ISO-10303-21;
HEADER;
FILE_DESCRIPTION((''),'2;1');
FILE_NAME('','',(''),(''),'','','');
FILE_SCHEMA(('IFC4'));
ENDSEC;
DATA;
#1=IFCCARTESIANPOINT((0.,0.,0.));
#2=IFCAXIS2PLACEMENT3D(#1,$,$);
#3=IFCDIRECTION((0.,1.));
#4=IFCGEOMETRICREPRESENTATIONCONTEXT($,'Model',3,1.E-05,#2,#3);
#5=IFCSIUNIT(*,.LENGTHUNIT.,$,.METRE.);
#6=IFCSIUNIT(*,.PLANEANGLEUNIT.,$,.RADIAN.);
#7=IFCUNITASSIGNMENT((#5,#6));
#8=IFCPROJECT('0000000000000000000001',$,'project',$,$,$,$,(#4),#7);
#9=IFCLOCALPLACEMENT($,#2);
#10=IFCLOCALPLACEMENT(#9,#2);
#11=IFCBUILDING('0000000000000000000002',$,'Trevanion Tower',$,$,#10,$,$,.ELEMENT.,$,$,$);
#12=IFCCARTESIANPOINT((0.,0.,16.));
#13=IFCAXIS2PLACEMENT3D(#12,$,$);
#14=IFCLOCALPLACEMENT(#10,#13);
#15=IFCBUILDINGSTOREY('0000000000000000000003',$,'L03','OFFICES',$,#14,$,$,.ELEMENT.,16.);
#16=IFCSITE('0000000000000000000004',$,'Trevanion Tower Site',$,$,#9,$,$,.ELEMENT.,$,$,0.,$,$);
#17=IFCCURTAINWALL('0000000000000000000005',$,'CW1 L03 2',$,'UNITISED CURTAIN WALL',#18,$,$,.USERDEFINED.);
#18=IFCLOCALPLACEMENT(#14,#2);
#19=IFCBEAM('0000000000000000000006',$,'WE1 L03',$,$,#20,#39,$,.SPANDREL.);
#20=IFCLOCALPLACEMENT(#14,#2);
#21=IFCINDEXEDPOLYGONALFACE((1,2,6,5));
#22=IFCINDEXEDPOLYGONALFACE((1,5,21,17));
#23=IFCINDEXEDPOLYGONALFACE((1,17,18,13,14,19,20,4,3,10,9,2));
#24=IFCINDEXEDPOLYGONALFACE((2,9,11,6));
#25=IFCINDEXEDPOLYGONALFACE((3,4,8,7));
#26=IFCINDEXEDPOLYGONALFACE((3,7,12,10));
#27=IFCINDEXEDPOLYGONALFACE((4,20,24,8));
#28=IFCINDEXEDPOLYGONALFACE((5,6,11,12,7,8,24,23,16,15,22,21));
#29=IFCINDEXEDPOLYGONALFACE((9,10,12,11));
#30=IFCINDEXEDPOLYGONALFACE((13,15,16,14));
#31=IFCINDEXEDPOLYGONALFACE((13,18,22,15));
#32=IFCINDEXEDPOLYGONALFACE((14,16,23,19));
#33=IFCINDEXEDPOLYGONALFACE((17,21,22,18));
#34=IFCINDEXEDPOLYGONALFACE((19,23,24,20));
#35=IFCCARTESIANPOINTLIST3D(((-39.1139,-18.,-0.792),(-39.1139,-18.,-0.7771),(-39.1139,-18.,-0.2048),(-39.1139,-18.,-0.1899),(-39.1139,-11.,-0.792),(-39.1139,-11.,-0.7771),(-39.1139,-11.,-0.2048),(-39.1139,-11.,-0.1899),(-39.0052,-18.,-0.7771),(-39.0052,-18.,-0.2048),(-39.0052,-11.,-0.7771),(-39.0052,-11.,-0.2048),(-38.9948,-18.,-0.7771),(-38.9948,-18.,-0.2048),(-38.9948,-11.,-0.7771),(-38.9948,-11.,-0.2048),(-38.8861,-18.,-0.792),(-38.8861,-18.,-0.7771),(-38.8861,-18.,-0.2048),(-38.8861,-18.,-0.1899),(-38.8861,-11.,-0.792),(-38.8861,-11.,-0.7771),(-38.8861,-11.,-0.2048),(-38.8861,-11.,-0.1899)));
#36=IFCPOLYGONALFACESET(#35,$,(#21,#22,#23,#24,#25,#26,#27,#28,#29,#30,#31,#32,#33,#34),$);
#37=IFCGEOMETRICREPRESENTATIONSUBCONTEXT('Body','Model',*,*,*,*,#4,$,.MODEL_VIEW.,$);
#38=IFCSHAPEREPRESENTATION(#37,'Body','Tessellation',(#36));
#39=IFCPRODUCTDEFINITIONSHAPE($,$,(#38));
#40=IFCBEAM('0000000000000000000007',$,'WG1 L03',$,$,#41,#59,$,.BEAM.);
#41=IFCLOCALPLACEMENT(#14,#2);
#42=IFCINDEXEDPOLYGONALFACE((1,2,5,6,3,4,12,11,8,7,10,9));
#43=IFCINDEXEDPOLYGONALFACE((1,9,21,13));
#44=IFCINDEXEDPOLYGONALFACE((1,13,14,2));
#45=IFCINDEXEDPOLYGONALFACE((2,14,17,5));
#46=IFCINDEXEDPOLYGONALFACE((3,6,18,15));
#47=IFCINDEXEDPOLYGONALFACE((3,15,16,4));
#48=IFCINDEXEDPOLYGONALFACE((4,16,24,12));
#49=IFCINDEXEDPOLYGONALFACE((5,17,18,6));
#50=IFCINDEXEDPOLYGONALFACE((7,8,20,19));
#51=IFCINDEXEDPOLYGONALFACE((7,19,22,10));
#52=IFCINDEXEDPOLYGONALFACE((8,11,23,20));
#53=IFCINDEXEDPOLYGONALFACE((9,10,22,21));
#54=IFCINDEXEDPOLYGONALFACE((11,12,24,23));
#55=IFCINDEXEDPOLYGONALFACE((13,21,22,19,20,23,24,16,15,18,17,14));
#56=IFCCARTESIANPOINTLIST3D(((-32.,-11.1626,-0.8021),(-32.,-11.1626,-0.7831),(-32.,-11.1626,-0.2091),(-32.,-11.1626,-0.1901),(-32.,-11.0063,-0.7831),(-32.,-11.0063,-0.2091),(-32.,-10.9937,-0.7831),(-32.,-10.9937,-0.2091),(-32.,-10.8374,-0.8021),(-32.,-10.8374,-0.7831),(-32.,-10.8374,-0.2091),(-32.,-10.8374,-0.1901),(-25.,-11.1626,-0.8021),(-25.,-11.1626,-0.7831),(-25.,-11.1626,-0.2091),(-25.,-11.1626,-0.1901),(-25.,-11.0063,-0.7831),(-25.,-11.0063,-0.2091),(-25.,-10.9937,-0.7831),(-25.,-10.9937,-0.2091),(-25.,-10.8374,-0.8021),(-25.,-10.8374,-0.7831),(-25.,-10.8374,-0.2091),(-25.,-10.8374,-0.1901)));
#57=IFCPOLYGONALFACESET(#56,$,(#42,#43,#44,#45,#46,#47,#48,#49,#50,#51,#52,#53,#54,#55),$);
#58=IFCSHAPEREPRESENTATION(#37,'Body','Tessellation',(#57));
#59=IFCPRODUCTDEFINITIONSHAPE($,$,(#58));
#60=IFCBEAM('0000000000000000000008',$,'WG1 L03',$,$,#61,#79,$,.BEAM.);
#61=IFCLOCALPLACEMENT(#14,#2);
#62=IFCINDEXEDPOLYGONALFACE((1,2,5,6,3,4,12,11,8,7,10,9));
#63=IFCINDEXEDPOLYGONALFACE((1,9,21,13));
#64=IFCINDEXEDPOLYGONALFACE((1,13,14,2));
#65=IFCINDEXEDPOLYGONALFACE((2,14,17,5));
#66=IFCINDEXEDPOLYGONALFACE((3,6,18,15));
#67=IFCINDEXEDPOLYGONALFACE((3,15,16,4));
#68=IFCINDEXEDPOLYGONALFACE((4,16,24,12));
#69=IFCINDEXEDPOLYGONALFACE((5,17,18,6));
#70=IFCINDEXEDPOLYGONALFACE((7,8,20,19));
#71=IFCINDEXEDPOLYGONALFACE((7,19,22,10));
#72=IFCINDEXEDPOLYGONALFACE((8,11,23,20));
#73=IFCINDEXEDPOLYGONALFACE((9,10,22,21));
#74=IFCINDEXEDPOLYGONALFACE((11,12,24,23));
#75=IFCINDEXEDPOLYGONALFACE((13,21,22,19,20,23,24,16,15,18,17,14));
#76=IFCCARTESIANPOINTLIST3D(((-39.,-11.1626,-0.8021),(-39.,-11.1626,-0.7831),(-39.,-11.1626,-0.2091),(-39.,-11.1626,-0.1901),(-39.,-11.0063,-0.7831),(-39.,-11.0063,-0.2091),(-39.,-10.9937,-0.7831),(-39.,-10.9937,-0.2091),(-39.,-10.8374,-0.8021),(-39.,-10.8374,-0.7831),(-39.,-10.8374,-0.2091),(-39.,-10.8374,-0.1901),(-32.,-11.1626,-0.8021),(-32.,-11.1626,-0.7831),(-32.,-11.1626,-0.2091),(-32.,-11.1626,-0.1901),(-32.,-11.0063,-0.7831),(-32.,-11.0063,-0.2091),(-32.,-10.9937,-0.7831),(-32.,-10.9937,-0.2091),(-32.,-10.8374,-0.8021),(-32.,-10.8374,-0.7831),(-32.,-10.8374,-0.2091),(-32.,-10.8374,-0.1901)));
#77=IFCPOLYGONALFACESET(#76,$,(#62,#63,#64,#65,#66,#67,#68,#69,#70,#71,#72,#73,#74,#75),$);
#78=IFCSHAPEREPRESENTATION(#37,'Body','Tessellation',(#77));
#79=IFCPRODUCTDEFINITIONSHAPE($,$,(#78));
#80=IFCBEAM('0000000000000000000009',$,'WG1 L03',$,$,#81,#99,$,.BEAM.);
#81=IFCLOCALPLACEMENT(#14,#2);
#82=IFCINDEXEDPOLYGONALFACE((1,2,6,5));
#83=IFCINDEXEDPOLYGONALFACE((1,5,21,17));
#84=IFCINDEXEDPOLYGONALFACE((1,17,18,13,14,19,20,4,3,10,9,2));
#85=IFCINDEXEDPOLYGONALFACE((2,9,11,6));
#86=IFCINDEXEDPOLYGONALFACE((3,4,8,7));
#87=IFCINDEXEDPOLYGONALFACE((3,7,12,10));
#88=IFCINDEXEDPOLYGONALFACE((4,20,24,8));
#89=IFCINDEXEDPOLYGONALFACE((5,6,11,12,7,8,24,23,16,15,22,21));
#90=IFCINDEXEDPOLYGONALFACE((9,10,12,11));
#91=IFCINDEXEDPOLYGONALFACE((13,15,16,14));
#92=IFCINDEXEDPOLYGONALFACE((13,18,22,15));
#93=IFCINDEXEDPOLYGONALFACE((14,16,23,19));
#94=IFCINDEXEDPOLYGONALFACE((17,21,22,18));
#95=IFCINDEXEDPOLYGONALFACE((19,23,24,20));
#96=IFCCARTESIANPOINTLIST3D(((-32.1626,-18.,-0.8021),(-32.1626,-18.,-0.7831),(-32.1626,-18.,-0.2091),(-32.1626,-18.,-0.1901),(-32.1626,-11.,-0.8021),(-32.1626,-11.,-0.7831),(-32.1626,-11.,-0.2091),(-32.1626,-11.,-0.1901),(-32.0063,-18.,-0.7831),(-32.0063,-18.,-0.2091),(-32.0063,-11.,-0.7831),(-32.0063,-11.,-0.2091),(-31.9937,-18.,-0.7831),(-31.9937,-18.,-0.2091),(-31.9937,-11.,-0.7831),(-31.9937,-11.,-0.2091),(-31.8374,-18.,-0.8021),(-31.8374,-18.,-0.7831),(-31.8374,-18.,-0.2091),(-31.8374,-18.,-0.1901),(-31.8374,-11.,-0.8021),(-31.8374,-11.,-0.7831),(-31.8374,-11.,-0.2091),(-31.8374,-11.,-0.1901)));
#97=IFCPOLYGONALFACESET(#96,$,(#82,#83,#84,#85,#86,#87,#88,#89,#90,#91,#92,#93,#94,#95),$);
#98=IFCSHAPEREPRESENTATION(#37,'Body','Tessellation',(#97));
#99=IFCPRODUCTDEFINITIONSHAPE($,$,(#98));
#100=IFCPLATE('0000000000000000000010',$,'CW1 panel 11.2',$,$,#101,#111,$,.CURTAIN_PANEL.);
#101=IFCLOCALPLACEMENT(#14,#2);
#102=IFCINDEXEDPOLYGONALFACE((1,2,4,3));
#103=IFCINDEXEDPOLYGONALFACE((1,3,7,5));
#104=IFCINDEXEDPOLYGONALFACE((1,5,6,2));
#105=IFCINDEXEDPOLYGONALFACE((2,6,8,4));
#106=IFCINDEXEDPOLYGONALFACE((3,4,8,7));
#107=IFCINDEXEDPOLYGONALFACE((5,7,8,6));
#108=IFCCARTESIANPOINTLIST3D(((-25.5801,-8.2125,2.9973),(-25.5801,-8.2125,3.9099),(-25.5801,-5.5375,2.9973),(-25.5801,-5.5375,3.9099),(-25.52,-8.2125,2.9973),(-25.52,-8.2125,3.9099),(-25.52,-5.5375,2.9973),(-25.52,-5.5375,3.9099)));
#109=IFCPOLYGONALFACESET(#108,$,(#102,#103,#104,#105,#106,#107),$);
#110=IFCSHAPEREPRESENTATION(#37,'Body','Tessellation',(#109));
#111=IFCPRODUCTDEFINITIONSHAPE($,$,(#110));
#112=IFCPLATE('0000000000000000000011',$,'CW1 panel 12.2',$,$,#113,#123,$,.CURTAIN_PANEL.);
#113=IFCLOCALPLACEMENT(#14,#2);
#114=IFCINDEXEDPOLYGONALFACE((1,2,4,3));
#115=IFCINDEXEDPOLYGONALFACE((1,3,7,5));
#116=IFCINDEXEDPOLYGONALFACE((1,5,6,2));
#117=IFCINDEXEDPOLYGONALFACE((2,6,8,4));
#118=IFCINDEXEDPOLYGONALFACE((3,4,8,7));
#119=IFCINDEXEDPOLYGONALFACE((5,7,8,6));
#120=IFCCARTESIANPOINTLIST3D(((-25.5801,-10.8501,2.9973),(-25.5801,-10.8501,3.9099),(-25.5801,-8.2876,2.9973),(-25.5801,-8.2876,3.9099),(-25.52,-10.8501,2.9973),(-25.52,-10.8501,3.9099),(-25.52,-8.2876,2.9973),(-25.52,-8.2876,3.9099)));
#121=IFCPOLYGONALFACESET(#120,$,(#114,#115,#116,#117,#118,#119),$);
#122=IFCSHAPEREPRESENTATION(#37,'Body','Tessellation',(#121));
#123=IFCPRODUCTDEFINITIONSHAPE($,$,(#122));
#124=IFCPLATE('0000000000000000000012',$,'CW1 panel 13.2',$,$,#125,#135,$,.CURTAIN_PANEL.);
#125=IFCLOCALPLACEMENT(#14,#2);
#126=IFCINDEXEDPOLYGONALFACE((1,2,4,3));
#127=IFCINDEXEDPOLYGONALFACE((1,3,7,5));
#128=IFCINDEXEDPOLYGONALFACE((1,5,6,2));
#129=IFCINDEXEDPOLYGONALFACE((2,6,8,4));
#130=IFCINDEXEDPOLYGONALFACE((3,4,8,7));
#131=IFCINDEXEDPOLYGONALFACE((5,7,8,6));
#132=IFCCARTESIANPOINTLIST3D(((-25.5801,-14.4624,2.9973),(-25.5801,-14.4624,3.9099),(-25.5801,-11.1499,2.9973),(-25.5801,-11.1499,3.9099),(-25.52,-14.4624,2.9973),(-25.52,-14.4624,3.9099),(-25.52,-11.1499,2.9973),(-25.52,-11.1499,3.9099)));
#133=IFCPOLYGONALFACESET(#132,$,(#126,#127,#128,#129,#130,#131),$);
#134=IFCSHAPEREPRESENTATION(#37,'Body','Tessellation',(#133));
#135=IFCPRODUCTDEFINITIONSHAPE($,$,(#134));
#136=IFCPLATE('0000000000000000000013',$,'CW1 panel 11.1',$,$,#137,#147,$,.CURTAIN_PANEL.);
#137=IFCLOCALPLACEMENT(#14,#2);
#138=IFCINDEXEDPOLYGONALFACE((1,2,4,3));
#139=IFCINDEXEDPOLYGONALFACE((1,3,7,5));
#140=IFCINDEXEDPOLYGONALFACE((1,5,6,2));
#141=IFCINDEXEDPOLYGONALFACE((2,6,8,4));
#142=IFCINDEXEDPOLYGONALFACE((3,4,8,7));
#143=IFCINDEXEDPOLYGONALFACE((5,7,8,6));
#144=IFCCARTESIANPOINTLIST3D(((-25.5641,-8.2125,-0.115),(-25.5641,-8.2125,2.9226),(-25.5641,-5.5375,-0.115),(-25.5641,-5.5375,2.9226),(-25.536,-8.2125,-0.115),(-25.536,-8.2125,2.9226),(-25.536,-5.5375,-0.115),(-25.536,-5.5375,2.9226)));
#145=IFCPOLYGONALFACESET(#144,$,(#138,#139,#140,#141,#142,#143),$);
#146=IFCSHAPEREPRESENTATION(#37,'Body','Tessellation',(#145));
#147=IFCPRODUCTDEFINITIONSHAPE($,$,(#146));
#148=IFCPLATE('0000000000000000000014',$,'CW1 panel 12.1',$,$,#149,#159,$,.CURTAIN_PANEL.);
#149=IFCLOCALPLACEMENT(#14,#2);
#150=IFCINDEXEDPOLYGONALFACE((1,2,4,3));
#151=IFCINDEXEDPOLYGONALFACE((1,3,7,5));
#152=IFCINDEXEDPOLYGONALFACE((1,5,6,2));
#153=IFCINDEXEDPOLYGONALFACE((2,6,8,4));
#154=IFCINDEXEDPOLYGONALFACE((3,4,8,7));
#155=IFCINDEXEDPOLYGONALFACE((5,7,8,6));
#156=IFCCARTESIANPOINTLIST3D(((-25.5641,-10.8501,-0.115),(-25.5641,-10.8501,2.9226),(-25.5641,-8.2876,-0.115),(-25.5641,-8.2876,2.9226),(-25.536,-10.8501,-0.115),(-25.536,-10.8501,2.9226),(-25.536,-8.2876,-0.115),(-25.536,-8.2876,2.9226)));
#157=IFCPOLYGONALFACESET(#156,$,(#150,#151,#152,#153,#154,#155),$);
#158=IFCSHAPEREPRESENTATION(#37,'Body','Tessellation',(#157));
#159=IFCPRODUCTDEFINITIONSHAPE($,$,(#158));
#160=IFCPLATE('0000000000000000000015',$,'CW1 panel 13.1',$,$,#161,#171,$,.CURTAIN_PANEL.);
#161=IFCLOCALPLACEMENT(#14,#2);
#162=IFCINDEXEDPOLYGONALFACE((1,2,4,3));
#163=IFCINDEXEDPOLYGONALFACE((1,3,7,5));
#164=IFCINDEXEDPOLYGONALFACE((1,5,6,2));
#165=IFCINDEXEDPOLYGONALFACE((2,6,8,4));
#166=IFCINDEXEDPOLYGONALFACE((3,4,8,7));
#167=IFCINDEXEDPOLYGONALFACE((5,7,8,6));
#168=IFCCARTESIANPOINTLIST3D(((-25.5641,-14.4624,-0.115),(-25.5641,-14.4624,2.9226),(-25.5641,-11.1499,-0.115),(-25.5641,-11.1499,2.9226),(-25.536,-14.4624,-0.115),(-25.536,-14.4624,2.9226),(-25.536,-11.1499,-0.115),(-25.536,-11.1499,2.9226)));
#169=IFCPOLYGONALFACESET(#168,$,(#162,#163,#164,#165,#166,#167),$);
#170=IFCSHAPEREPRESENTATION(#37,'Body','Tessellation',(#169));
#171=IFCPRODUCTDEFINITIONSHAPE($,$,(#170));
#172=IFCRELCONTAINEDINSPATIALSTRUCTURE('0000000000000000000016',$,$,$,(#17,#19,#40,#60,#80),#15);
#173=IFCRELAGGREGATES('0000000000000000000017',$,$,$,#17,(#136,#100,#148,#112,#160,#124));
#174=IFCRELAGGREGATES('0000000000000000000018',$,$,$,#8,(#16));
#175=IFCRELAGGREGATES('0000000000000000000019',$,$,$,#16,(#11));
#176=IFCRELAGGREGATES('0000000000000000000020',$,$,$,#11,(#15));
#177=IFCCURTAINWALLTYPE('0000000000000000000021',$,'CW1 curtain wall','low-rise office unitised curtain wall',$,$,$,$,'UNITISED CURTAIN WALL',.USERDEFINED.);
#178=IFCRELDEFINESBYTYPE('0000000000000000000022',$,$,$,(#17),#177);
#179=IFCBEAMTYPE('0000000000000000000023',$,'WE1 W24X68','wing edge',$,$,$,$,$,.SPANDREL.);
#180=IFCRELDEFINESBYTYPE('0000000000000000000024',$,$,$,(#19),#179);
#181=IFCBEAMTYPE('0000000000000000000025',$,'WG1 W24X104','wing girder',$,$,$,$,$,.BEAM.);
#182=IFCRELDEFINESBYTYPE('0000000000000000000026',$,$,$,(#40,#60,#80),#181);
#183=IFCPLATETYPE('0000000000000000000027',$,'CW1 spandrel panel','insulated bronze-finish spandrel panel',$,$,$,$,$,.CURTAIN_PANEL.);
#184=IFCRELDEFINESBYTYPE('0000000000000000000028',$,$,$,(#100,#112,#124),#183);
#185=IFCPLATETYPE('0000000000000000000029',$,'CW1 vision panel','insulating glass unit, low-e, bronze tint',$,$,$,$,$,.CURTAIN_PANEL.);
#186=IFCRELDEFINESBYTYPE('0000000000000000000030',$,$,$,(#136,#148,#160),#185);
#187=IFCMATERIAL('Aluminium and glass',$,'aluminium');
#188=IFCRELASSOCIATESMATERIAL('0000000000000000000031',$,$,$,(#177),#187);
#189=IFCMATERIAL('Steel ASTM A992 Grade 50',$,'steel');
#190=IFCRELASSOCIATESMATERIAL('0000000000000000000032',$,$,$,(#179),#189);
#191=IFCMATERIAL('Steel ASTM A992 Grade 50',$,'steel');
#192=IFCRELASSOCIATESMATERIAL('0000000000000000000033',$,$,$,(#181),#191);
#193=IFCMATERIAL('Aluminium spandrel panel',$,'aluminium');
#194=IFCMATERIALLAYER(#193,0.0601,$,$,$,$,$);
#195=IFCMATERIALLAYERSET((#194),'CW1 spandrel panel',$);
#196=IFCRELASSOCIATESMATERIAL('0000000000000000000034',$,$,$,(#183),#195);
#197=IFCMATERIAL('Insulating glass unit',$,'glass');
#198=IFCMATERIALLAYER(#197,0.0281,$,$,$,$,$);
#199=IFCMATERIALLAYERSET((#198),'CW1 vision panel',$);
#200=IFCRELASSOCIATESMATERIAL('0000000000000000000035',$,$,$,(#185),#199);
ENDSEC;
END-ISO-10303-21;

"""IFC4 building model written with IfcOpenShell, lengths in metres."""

from ifc_helpers import new_model, si_unit, direction, frame, origin, origin_2d, place, context, subcontext, project, spatial, rectangle, i_section, extrude, material, layer, layer_set, material_profile, profile_set, type_object, element, aggregate, save


model = new_model("IFC4")

# Units and contexts
model_context = context("Model", 3, precision=1e-05, world=origin(), true_north=direction((0.0, 1.0)))
body_context = subcontext(model_context, "Body", "Model", "MODEL_VIEW")
ifc_project = project(units=[si_unit("LENGTHUNIT", "METRE"), si_unit("PLANEANGLEUNIT", "RADIAN")], contexts=[model_context])

# Site, building, storey
site_placement = place(None, origin())
site = spatial("IfcSite", under=ifc_project, at=site_placement, Name="Trevanion Tower Site", CompositionType="ELEMENT", RefElevation=0.0)
building_placement = place(site_placement, origin())
building = spatial("IfcBuilding", under=site, at=building_placement, Name="Trevanion Tower", CompositionType="ELEMENT")
storey_placement = place(building_placement, frame((0.0, 0.0, 16.0)))
storey = spatial("IfcBuildingStorey", under=building, at=storey_placement, Name="L03", Description="OFFICES", CompositionType="ELEMENT", Elevation=16.0)

# Curtain wall
ifc_material_1 = material(Name="Aluminium and glass", Category="aluminium")
curtain_wall_type = type_object("IfcCurtainWallType", Name="CW1 curtain wall", Description="low-rise office unitised curtain wall", ElementType="UNITISED CURTAIN WALL", PredefinedType="USERDEFINED", material=ifc_material_1)
curtain_wall_placement = place(storey_placement, origin())
curtain_wall = element("IfcCurtainWall", 1, at=curtain_wall_placement, inside=storey, type_object=curtain_wall_type, Name="CW1 L03 2", ObjectType="UNITISED CURTAIN WALL", PredefinedType="USERDEFINED")

# Beams
ifc_material_2 = material(Name="Steel ASTM A992 Grade 50", Category="steel")
ifc_material_profile_1 = material_profile(ifc_material_2, i_section(OverallWidth=0.2278, OverallDepth=0.6021, WebThickness=0.0105, FlangeThickness=0.0149, at=origin_2d()), Name="W24X68")
ifc_profile_set_1 = profile_set([ifc_material_profile_1], Name="Steel ASTM A992 Grade 50")
beam_type_1 = type_object("IfcBeamType", Name="WE1 W24X68", Description="wing edge", PredefinedType="SPANDREL", material=ifc_profile_set_1)
beam_1_placement = place(storey_placement, frame((-39.0, -11.0, -0.491), z_axis=(0.0, -1.0, 0.0), x_axis=(1.0, 0.0, 0.0)))
element("IfcBeam", 2, at=beam_1_placement, inside=storey, type_object=beam_type_1, Name="WE1 L03", PredefinedType="SPANDREL", context=body_context, shape_type="SweptSolid", body=[
    extrude(i_section(OverallWidth=0.2278, OverallDepth=0.6021, WebThickness=0.0105, FlangeThickness=0.0149, at=origin_2d()), origin(), (0.0, 0.0, 1.0), 7.0),
])
ifc_material_3 = material(Name="Steel ASTM A992 Grade 50", Category="steel")
ifc_material_profile_2 = material_profile(ifc_material_3, i_section(OverallWidth=0.3252, OverallDepth=0.6121, WebThickness=0.0127, FlangeThickness=0.019, at=origin_2d()), Name="W24X104")
ifc_profile_set_2 = profile_set([ifc_material_profile_2], Name="Steel ASTM A992 Grade 50")
beam_type_2 = type_object("IfcBeamType", Name="WG1 W24X104", Description="wing girder", PredefinedType="BEAM", material=ifc_profile_set_2)
for number, where, z_axis, x_axis, name in (
    (3, (-25.0, -11.0, -0.4961), (-1.0, 0.0, 0.0), (0.0, -1.0, 0.0), "WG1 L03"),
    (4, (-32.0, -11.0, -0.4961), (-1.0, 0.0, 0.0), (0.0, -1.0, 0.0), "WG1 L03"),
    (5, (-32.0, -11.0, -0.4961), (0.0, -1.0, 0.0), (1.0, 0.0, 0.0), "WG1 L03"),
):
    element("IfcBeam", number, at=place(storey_placement, frame(where, z_axis=z_axis, x_axis=x_axis)), inside=storey, type_object=beam_type_2, Name=name, PredefinedType="BEAM", context=body_context, shape_type="SweptSolid", body=[
        extrude(i_section(OverallWidth=0.3252, OverallDepth=0.6121, WebThickness=0.0127, FlangeThickness=0.019, at=origin_2d()), origin(), (0.0, 0.0, 1.0), 7.0),
    ])

# Plates
ifc_material_4 = material(Name="Aluminium spandrel panel", Category="aluminium")
ifc_layer_1 = layer(ifc_material_4, 0.0601)
ifc_layer_set_1 = layer_set([ifc_layer_1], Name="CW1 spandrel panel")
plate_type_1 = type_object("IfcPlateType", Name="CW1 spandrel panel", Description="insulated bronze-finish spandrel panel", PredefinedType="CURTAIN_PANEL", material=ifc_layer_set_1)
plate_1_placement = place(storey_placement, frame((-25.55, -6.875, 2.9973), z_axis=(0.0, 0.0, 1.0), x_axis=(0.0, -1.0, 0.0)))
plate_1 = element("IfcPlate", 6, at=plate_1_placement, type_object=plate_type_1, Name="CW1 panel 11.2", PredefinedType="CURTAIN_PANEL", context=body_context, shape_type="SweptSolid", body=[
    extrude(rectangle(XDim=2.675, YDim=0.0601, at=origin_2d()), origin(), (0.0, 0.0, 1.0), 0.9126),
])
plate_2_placement = place(storey_placement, frame((-25.55, -9.5688, 2.9973), z_axis=(0.0, 0.0, 1.0), x_axis=(0.0, -1.0, 0.0)))
plate_2 = element("IfcPlate", 7, at=plate_2_placement, type_object=plate_type_1, Name="CW1 panel 12.2", PredefinedType="CURTAIN_PANEL", context=body_context, shape_type="SweptSolid", body=[
    extrude(rectangle(XDim=2.5625, YDim=0.0601, at=origin_2d()), origin(), (0.0, 0.0, 1.0), 0.9126),
])
plate_3_placement = place(storey_placement, frame((-25.55, -12.8062, 2.9973), z_axis=(0.0, 0.0, 1.0), x_axis=(0.0, -1.0, 0.0)))
plate_3 = element("IfcPlate", 8, at=plate_3_placement, type_object=plate_type_1, Name="CW1 panel 13.2", PredefinedType="CURTAIN_PANEL", context=body_context, shape_type="SweptSolid", body=[
    extrude(rectangle(XDim=3.3125, YDim=0.0601, at=origin_2d()), origin(), (0.0, 0.0, 1.0), 0.9126),
])
ifc_material_5 = material(Name="Insulating glass unit", Category="glass")
ifc_layer_2 = layer(ifc_material_5, 0.0281)
ifc_layer_set_2 = layer_set([ifc_layer_2], Name="CW1 vision panel")
plate_type_2 = type_object("IfcPlateType", Name="CW1 vision panel", Description="insulating glass unit, low-e, bronze tint", PredefinedType="CURTAIN_PANEL", material=ifc_layer_set_2)
plate_4_placement = place(storey_placement, frame((-25.55, -6.875, -0.115), z_axis=(0.0, 0.0, 1.0), x_axis=(0.0, -1.0, 0.0)))
plate_4 = element("IfcPlate", 9, at=plate_4_placement, type_object=plate_type_2, Name="CW1 panel 11.1", PredefinedType="CURTAIN_PANEL", context=body_context, shape_type="SweptSolid", body=[
    extrude(rectangle(XDim=2.675, YDim=0.0281, at=origin_2d()), origin(), (0.0, 0.0, 1.0), 3.0376),
])
plate_5_placement = place(storey_placement, frame((-25.55, -9.5688, -0.115), z_axis=(0.0, 0.0, 1.0), x_axis=(0.0, -1.0, 0.0)))
plate_5 = element("IfcPlate", 10, at=plate_5_placement, type_object=plate_type_2, Name="CW1 panel 12.1", PredefinedType="CURTAIN_PANEL", context=body_context, shape_type="SweptSolid", body=[
    extrude(rectangle(XDim=2.5625, YDim=0.0281, at=origin_2d()), origin(), (0.0, 0.0, 1.0), 3.0376),
])
plate_6_placement = place(storey_placement, frame((-25.55, -12.8062, -0.115), z_axis=(0.0, 0.0, 1.0), x_axis=(0.0, -1.0, 0.0)))
plate_6 = element("IfcPlate", 11, at=plate_6_placement, type_object=plate_type_2, Name="CW1 panel 13.1", PredefinedType="CURTAIN_PANEL", context=body_context, shape_type="SweptSolid", body=[
    extrude(rectangle(XDim=3.3125, YDim=0.0281, at=origin_2d()), origin(), (0.0, 0.0, 1.0), 3.0376),
])
aggregate(curtain_wall, [plate_4, plate_1, plate_5, plate_2, plate_6, plate_3])

save(model, "model.ifc")
